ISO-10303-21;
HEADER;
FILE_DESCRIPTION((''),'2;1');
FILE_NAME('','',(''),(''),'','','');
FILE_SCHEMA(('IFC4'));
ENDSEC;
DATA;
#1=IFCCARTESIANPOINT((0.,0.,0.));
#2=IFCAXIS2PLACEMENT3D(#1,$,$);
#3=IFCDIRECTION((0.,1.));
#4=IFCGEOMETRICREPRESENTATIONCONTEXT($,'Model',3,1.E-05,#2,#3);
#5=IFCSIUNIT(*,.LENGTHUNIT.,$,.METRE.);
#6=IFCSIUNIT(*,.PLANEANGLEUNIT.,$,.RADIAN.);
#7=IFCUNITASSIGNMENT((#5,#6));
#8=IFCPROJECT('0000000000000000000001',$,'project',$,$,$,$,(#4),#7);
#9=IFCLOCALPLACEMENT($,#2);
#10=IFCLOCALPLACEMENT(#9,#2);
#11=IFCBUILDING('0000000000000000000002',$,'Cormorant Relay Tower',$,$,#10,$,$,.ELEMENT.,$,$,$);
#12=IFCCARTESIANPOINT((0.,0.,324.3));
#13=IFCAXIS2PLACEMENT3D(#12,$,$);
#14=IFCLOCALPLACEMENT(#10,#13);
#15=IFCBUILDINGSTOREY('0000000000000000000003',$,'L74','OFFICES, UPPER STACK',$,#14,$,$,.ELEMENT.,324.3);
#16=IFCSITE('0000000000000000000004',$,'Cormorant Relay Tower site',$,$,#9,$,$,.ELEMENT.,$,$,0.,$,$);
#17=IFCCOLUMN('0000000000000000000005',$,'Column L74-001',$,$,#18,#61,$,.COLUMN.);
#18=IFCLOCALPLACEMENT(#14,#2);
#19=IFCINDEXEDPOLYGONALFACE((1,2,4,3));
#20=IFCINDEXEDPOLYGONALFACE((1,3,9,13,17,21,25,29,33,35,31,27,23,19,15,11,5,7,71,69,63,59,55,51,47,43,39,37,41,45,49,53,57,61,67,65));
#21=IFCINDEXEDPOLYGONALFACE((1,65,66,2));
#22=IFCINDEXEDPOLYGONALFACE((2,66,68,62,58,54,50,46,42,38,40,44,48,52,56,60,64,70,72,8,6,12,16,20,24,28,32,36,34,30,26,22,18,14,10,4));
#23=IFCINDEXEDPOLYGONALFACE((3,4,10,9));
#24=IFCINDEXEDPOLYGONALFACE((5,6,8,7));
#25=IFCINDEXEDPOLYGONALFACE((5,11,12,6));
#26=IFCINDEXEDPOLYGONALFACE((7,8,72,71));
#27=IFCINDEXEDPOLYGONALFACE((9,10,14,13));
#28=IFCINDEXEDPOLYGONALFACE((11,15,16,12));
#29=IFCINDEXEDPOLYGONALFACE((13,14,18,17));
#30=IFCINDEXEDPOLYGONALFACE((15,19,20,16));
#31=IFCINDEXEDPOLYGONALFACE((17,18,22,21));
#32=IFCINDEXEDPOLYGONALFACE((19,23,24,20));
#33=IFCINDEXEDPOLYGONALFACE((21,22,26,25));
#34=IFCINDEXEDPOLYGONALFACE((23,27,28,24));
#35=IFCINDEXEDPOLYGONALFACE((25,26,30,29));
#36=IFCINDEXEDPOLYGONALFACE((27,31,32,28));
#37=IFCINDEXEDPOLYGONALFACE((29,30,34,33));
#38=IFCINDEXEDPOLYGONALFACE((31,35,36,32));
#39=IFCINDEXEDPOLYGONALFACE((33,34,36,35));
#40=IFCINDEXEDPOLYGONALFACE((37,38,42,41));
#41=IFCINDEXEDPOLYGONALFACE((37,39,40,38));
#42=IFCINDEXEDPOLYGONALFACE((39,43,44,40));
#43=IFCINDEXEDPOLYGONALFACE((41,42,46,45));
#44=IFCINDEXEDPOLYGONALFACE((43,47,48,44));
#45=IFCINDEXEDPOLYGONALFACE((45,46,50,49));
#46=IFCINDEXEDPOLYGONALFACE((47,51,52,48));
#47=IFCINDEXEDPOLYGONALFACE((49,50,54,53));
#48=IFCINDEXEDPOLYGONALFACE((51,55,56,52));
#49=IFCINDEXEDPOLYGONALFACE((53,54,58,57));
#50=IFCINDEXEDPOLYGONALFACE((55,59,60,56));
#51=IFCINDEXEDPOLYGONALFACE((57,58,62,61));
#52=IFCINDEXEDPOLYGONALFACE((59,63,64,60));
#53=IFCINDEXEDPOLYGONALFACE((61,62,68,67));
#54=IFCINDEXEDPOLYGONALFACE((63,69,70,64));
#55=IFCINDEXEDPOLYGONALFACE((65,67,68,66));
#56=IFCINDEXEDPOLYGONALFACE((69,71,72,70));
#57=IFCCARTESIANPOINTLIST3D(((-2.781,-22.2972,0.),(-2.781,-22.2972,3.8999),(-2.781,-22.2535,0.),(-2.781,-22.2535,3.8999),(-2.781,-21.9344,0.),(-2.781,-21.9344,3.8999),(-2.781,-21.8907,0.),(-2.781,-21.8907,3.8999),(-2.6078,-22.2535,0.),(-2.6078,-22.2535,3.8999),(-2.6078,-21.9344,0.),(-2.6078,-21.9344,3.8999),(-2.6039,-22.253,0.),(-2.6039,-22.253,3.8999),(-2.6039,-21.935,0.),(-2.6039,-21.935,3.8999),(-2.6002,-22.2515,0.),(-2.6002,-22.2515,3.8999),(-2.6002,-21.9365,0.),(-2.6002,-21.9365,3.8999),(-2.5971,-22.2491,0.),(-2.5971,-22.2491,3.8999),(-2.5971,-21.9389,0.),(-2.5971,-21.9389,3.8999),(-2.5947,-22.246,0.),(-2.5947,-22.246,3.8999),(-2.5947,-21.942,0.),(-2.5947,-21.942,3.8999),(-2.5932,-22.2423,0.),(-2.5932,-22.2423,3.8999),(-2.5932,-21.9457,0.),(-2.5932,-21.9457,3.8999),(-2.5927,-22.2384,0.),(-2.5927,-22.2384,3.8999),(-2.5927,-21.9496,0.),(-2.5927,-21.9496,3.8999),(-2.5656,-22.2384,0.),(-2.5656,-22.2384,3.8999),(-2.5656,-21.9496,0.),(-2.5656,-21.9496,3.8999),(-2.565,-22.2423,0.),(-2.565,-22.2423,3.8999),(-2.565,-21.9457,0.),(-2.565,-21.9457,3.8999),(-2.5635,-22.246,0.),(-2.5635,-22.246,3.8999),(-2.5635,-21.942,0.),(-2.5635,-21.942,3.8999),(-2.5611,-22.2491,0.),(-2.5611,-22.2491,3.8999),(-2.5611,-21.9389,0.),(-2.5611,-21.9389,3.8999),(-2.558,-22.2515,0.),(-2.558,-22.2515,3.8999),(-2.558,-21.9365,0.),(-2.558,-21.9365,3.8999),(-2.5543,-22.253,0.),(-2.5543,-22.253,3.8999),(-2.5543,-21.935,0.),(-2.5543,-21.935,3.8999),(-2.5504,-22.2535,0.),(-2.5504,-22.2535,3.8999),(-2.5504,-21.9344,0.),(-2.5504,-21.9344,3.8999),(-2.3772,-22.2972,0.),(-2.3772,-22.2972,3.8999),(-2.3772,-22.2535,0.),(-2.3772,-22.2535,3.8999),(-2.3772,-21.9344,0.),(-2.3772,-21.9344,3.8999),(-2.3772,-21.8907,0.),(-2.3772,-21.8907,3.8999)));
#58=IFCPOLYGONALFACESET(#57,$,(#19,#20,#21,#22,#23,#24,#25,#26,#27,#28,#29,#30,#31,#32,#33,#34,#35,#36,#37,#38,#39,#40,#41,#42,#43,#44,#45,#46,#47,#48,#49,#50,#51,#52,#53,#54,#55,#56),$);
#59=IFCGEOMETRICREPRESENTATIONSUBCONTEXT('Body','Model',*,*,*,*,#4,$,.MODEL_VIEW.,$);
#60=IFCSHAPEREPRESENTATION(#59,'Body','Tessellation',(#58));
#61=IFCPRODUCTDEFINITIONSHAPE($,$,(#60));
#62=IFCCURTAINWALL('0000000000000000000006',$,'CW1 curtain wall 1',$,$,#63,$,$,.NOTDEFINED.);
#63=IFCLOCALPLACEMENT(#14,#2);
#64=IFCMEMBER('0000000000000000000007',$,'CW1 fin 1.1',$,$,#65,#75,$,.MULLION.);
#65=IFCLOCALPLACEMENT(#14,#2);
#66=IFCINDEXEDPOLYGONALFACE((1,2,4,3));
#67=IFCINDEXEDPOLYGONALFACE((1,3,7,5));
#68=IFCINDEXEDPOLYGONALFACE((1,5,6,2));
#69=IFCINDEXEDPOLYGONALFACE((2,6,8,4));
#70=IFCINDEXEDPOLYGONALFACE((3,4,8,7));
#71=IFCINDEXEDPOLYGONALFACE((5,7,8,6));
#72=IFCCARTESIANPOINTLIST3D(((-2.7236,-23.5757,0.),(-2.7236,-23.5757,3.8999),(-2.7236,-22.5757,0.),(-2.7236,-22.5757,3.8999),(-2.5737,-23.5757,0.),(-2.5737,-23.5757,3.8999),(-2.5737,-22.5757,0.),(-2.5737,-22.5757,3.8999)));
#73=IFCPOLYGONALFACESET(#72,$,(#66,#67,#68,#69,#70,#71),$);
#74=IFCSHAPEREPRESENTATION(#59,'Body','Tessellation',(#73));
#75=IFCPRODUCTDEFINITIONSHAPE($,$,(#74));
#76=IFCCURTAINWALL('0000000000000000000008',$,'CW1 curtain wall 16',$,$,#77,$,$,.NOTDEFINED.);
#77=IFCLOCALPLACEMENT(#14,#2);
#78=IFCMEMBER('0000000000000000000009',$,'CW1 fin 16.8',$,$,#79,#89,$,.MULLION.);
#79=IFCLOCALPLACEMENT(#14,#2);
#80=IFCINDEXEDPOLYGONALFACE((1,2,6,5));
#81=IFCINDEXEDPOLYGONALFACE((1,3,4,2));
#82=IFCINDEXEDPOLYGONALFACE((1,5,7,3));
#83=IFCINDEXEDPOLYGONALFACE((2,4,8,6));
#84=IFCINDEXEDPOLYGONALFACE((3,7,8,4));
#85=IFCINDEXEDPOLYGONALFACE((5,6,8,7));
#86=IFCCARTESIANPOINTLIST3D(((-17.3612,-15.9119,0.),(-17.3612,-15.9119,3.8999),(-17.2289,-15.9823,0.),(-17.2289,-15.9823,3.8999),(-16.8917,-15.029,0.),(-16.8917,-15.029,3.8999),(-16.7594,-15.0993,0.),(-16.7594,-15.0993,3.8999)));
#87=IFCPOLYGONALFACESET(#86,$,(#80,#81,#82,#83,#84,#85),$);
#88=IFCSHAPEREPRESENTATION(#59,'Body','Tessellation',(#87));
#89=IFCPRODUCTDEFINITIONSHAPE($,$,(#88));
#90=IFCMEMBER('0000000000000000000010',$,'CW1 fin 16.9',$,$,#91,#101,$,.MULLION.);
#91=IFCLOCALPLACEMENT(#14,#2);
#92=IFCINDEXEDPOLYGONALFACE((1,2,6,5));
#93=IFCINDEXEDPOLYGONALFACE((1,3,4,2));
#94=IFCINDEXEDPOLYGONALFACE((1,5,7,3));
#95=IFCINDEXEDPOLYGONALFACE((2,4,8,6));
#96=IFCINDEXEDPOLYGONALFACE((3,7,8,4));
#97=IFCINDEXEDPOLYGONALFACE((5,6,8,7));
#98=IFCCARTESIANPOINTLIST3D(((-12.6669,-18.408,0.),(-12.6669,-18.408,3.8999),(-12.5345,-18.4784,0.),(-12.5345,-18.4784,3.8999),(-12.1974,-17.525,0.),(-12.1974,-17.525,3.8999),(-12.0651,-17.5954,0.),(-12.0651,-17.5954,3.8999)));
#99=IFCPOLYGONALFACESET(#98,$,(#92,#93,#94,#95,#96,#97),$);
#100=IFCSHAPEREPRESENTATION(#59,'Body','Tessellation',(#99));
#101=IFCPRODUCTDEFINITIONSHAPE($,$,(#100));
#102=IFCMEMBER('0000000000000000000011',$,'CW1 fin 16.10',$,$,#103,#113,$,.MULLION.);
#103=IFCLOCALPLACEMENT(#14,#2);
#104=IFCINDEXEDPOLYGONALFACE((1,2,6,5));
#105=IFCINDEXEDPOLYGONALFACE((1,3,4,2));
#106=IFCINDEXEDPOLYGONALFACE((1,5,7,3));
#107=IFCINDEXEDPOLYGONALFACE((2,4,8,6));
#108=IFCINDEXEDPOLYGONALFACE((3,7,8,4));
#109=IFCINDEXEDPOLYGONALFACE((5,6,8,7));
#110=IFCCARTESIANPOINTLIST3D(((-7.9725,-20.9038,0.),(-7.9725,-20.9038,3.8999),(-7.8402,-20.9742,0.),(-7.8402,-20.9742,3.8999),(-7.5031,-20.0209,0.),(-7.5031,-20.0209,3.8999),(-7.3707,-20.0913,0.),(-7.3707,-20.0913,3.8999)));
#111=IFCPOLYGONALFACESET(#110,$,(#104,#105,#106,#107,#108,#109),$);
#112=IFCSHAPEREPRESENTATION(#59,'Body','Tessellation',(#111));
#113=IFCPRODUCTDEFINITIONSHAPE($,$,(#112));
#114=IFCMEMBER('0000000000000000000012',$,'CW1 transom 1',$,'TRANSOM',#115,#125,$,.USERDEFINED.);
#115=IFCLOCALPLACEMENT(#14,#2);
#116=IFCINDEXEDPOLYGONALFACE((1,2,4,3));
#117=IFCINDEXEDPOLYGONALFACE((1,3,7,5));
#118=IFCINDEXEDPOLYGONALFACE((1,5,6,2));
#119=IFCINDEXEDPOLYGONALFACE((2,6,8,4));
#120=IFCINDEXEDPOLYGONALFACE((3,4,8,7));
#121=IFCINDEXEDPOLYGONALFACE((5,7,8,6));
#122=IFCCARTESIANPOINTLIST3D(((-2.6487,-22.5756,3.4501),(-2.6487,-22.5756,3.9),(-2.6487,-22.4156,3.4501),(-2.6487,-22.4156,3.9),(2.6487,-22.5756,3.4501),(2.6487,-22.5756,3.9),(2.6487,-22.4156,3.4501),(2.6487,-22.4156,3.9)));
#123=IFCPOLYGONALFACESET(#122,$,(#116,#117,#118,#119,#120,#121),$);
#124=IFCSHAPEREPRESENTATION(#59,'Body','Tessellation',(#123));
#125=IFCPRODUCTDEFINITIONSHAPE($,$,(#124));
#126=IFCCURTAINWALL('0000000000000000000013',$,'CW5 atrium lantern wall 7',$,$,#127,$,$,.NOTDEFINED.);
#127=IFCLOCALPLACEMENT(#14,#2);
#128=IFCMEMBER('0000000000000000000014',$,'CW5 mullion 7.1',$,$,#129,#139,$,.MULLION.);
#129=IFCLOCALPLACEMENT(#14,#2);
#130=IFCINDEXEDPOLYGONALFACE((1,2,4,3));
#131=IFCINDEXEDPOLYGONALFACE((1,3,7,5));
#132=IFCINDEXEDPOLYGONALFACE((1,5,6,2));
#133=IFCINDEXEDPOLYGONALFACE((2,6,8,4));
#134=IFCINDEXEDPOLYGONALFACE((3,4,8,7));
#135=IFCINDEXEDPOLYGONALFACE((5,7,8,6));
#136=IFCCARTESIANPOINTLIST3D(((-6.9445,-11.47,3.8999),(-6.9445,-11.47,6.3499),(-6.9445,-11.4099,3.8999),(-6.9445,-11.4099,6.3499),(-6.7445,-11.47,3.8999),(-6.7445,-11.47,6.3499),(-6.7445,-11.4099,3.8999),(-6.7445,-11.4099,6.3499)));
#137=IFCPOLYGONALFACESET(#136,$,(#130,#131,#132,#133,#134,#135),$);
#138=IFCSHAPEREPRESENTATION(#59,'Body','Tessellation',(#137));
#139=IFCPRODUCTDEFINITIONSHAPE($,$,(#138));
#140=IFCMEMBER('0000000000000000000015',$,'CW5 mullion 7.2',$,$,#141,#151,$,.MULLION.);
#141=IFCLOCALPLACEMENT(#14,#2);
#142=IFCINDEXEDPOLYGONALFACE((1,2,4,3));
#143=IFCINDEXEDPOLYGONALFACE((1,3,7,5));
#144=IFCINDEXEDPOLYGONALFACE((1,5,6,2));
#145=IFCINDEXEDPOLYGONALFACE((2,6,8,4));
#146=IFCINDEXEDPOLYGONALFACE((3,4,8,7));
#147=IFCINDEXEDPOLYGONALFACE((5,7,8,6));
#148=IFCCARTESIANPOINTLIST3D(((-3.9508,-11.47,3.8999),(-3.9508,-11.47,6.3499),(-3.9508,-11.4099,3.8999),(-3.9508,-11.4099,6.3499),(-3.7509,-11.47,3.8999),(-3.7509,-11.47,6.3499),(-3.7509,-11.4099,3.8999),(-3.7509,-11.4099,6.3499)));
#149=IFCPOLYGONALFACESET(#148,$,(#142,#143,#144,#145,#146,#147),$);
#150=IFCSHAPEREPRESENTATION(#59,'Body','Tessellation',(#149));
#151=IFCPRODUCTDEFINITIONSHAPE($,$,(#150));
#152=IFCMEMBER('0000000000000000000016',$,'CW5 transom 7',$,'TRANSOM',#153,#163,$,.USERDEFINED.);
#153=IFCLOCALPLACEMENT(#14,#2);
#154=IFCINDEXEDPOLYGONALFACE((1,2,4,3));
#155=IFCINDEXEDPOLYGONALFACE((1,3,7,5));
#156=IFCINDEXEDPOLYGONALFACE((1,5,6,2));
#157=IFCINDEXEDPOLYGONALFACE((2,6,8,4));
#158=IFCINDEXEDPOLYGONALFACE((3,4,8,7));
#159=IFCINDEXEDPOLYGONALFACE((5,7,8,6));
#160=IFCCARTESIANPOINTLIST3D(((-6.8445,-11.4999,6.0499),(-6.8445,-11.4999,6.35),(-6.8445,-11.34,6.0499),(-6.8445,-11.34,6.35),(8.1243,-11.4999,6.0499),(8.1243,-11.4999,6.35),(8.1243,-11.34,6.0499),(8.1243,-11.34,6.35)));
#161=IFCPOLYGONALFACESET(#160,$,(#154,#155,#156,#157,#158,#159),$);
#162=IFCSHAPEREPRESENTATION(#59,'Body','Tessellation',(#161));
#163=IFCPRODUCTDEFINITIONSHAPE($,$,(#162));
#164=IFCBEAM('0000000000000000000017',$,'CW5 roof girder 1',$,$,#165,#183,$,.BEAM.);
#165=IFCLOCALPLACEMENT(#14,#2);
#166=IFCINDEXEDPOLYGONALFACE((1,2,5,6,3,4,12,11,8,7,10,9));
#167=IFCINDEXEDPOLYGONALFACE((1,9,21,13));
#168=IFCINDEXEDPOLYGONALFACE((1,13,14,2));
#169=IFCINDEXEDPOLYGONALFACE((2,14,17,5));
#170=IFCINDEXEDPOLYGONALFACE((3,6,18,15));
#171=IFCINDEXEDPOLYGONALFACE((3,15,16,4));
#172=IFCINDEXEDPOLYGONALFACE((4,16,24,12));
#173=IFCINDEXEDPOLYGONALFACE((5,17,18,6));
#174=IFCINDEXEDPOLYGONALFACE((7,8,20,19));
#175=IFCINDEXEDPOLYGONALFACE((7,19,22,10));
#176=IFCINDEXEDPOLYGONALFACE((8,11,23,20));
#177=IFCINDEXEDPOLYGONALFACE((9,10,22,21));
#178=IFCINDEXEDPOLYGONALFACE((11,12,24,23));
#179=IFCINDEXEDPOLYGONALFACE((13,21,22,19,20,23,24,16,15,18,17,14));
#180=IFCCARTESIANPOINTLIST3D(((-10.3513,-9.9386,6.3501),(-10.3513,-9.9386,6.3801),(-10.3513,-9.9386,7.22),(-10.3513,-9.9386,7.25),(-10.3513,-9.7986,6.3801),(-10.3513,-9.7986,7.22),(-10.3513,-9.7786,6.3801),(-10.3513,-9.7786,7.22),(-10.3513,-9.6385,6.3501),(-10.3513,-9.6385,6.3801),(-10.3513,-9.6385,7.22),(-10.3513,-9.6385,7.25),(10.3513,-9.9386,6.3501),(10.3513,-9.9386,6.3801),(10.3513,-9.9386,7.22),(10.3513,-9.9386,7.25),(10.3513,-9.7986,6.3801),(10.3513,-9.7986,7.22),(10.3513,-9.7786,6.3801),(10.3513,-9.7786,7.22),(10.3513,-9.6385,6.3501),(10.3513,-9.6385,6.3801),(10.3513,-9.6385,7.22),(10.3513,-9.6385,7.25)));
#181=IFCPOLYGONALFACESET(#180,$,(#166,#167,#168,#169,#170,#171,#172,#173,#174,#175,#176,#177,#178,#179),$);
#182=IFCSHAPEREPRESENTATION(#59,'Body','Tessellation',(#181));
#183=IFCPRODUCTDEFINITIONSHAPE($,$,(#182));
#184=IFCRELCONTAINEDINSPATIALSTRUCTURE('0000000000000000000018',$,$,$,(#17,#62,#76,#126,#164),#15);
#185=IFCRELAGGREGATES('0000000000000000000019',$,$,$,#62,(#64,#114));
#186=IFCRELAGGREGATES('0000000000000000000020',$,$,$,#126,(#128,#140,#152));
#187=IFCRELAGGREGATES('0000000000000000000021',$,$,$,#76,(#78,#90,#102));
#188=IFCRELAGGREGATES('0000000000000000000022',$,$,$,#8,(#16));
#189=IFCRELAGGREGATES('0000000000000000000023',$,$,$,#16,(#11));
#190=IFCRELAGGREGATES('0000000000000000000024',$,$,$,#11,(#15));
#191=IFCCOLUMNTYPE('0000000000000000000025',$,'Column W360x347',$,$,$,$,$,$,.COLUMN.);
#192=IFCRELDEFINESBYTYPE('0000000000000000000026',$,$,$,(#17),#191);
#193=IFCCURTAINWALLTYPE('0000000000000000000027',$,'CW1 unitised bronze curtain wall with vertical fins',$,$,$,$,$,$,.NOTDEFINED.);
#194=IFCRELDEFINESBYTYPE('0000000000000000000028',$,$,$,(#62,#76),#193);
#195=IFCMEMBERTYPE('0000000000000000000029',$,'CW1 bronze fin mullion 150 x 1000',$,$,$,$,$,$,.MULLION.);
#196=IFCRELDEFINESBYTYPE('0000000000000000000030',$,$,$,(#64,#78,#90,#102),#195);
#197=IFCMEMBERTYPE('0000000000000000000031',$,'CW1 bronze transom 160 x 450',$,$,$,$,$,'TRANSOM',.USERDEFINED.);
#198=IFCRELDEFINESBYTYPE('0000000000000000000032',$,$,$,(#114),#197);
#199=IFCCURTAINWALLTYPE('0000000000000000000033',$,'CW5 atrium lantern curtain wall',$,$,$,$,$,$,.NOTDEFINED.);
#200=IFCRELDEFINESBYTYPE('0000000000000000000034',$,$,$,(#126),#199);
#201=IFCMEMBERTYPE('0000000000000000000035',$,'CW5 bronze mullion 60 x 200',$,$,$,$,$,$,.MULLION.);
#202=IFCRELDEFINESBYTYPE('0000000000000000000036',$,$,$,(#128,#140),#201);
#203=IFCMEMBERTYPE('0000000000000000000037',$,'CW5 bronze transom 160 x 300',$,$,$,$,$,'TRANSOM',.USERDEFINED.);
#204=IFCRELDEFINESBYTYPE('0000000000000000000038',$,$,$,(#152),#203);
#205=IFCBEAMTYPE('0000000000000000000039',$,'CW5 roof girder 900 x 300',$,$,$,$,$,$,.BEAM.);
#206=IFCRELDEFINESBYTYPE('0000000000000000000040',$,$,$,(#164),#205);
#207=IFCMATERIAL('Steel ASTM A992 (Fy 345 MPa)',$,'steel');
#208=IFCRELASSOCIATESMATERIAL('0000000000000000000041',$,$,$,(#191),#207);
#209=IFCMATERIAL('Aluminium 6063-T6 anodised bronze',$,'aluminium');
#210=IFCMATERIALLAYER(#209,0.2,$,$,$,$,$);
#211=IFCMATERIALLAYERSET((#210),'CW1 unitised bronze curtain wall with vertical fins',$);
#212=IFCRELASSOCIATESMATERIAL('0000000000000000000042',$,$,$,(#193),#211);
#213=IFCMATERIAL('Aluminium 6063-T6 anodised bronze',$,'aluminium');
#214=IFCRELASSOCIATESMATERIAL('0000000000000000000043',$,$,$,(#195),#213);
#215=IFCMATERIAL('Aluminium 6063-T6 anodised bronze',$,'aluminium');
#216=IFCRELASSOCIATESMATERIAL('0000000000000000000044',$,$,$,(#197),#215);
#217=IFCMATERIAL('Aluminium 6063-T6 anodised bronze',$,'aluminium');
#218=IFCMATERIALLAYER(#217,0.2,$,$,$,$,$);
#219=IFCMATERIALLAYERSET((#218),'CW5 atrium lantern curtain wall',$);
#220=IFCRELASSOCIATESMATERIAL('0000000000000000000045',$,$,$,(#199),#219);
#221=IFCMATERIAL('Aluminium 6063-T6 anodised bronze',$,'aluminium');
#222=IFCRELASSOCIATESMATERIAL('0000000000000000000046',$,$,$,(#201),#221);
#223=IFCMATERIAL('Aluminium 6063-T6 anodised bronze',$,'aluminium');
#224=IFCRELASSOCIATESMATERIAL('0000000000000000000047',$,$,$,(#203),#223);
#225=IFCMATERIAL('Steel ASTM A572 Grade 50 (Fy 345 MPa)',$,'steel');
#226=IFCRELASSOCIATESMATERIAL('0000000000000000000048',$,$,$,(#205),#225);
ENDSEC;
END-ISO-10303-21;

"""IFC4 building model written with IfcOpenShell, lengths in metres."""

from ifc_helpers import new_model, si_unit, direction, frame, origin, origin_2d, place, context, subcontext, project, spatial, rectangle, i_section, extrude, material, layer, layer_set, material_profile, profile_set, type_object, element, aggregate, save


model = new_model("IFC4")

# Units and contexts
model_context = context("Model", 3, precision=1e-05, world=origin(), true_north=direction((0.0, 1.0)))
body_context = subcontext(model_context, "Body", "Model", "MODEL_VIEW")
ifc_project = project(units=[si_unit("LENGTHUNIT", "METRE"), si_unit("PLANEANGLEUNIT", "RADIAN")], contexts=[model_context])

# Site, building, storey
site_placement = place(None, origin())
site = spatial("IfcSite", under=ifc_project, at=site_placement, Name="Cormorant Relay Tower site", CompositionType="ELEMENT", RefElevation=0.0)
building_placement = place(site_placement, origin())
building = spatial("IfcBuilding", under=site, at=building_placement, Name="Cormorant Relay Tower", CompositionType="ELEMENT")
storey_placement = place(building_placement, frame((0.0, 0.0, 324.3)))
storey = spatial("IfcBuildingStorey", under=building, at=storey_placement, Name="L74", Description="OFFICES, UPPER STACK", CompositionType="ELEMENT", Elevation=324.3)

# Column
ifc_material_1 = material(Name="Steel ASTM A992 (Fy 345 MPa)", Category="steel")
ifc_material_profile_1 = material_profile(ifc_material_1, i_section(OverallWidth=0.4038, OverallDepth=0.4065, WebThickness=0.0271, FlangeThickness=0.0437, FilletRadius=0.0151, at=origin_2d()), Name="W360x347")
ifc_profile_set_1 = profile_set([ifc_material_profile_1], Name="Steel ASTM A992 (Fy 345 MPa)")
column_type_1 = type_object("IfcColumnType", Name="Column W360x347", PredefinedType="COLUMN", material=ifc_profile_set_1)
column_1_placement = place(storey_placement, frame((-2.5791, -22.094, 0.0), z_axis=(0.0, 0.0, 1.0), x_axis=(1.0, 0.0, 0.0)))
element("IfcColumn", 1, at=column_1_placement, inside=storey, type_object=column_type_1, Name="Column L74-001", PredefinedType="COLUMN", context=body_context, shape_type="SweptSolid", body=[
    extrude(i_section(OverallWidth=0.4038, OverallDepth=0.4065, WebThickness=0.0271, FlangeThickness=0.0437, FilletRadius=0.0151, at=origin_2d()), origin(), (0.0, 0.0, 1.0), 3.8999),
])

# Curtain wall, member
ifc_material_2 = material(Name="Aluminium 6063-T6 anodised bronze", Category="aluminium")
ifc_layer_1 = layer(ifc_material_2, 0.2)
ifc_layer_set_1 = layer_set([ifc_layer_1], Name="CW1 unitised bronze curtain wall with vertical fins")
curtain_wall_type_1 = type_object("IfcCurtainWallType", Name="CW1 unitised bronze curtain wall with vertical fins", PredefinedType="NOTDEFINED", material=ifc_layer_set_1)
curtain_wall_1_placement = place(storey_placement, origin())
curtain_wall_1 = element("IfcCurtainWall", 2, at=curtain_wall_1_placement, inside=storey, type_object=curtain_wall_type_1, Name="CW1 curtain wall 1", PredefinedType="NOTDEFINED")
ifc_material_3 = material(Name="Aluminium 6063-T6 anodised bronze", Category="aluminium")
ifc_material_profile_2 = material_profile(ifc_material_3, rectangle(XDim=0.1499, YDim=1.0, at=origin_2d()), Name="AL 150x1000")
ifc_profile_set_2 = profile_set([ifc_material_profile_2], Name="Aluminium 6063-T6 anodised bronze")
member_type_1 = type_object("IfcMemberType", Name="CW1 bronze fin mullion 150 x 1000", PredefinedType="MULLION", material=ifc_profile_set_2)
member_1_placement = place(storey_placement, frame((-2.6487, -23.0757, 0.0), z_axis=(0.0, 0.0, 1.0), x_axis=(1.0, 0.0, 0.0)))
member_1 = element("IfcMember", 3, at=member_1_placement, type_object=member_type_1, Name="CW1 fin 1.1", PredefinedType="MULLION", context=body_context, shape_type="SweptSolid", body=[
    extrude(rectangle(XDim=0.1499, YDim=1.0, at=origin_2d()), origin(), (0.0, 0.0, 1.0), 3.8999),
])

# Curtain wall, members
curtain_wall_2_placement = place(storey_placement, origin())
curtain_wall_2 = element("IfcCurtainWall", 4, at=curtain_wall_2_placement, inside=storey, type_object=curtain_wall_type_1, Name="CW1 curtain wall 16", PredefinedType="NOTDEFINED")
member_2_placement = place(storey_placement, frame((-17.0603, -15.5056, 0.0), z_axis=(0.0, 0.0, 1.0), x_axis=(0.882948, -0.469472, 0.0)))
member_2 = element("IfcMember", 5, at=member_2_placement, type_object=member_type_1, Name="CW1 fin 16.8", PredefinedType="MULLION", context=body_context, shape_type="SweptSolid", body=[
    extrude(rectangle(XDim=0.1499, YDim=1.0, at=origin_2d()), origin(), (0.0, 0.0, 1.0), 3.8999),
])
member_3_placement = place(storey_placement, frame((-12.366, -18.0017, 0.0), z_axis=(0.0, 0.0, 1.0), x_axis=(0.882948, -0.469472, 0.0)))
member_3 = element("IfcMember", 6, at=member_3_placement, type_object=member_type_1, Name="CW1 fin 16.9", PredefinedType="MULLION", context=body_context, shape_type="SweptSolid", body=[
    extrude(rectangle(XDim=0.1499, YDim=1.0, at=origin_2d()), origin(), (0.0, 0.0, 1.0), 3.8999),
])
member_4_placement = place(storey_placement, frame((-7.6716, -20.4976, 0.0), z_axis=(0.0, 0.0, 1.0), x_axis=(0.882948, -0.469472, 0.0)))
member_4 = element("IfcMember", 7, at=member_4_placement, type_object=member_type_1, Name="CW1 fin 16.10", PredefinedType="MULLION", context=body_context, shape_type="SweptSolid", body=[
    extrude(rectangle(XDim=0.1499, YDim=1.0, at=origin_2d()), origin(), (0.0, 0.0, 1.0), 3.8999),
])

# Member
ifc_material_4 = material(Name="Aluminium 6063-T6 anodised bronze", Category="aluminium")
ifc_material_profile_3 = material_profile(ifc_material_4, rectangle(XDim=0.1599, YDim=0.45, at=origin_2d()), Name="AL 160x450")
ifc_profile_set_3 = profile_set([ifc_material_profile_3], Name="Aluminium 6063-T6 anodised bronze")
member_type_2 = type_object("IfcMemberType", Name="CW1 bronze transom 160 x 450", ElementType="TRANSOM", PredefinedType="USERDEFINED", material=ifc_profile_set_3)
member_5_placement = place(storey_placement, frame((-2.6487, -22.4956, 3.675), z_axis=(1.0, 0.0, 0.0), x_axis=(0.0, 1.0, 0.0)))
member_5 = element("IfcMember", 8, at=member_5_placement, type_object=member_type_2, Name="CW1 transom 1", ObjectType="TRANSOM", PredefinedType="USERDEFINED", context=body_context, shape_type="SweptSolid", body=[
    extrude(rectangle(XDim=0.1599, YDim=0.45, at=origin_2d()), origin(), (0.0, 0.0, 1.0), 5.2974),
])
aggregate(curtain_wall_1, [member_1, member_5])

# Curtain wall, members
ifc_material_5 = material(Name="Aluminium 6063-T6 anodised bronze", Category="aluminium")
ifc_layer_2 = layer(ifc_material_5, 0.2)
ifc_layer_set_2 = layer_set([ifc_layer_2], Name="CW5 atrium lantern curtain wall")
curtain_wall_type_2 = type_object("IfcCurtainWallType", Name="CW5 atrium lantern curtain wall", PredefinedType="NOTDEFINED", material=ifc_layer_set_2)
curtain_wall_3_placement = place(storey_placement, origin())
curtain_wall_3 = element("IfcCurtainWall", 9, at=curtain_wall_3_placement, inside=storey, type_object=curtain_wall_type_2, Name="CW5 atrium lantern wall 7", PredefinedType="NOTDEFINED")
ifc_material_6 = material(Name="Aluminium 6063-T6 anodised bronze", Category="aluminium")
ifc_material_profile_4 = material_profile(ifc_material_6, rectangle(XDim=0.2, YDim=0.0601, at=origin_2d()), Name="AL 60x200")
ifc_profile_set_4 = profile_set([ifc_material_profile_4], Name="Aluminium 6063-T6 anodised bronze")
member_type_3 = type_object("IfcMemberType", Name="CW5 bronze mullion 60 x 200", PredefinedType="MULLION", material=ifc_profile_set_4)
member_6_placement = place(storey_placement, frame((-6.8445, -11.4399, 3.8999), z_axis=(0.0, 0.0, 1.0), x_axis=(1.0, 0.0, 0.0)))
member_6 = element("IfcMember", 10, at=member_6_placement, type_object=member_type_3, Name="CW5 mullion 7.1", PredefinedType="MULLION", context=body_context, shape_type="SweptSolid", body=[
    extrude(rectangle(XDim=0.2, YDim=0.0601, at=origin_2d()), origin(), (0.0, 0.0, 1.0), 2.45),
])
member_7_placement = place(storey_placement, frame((-3.8508, -11.4399, 3.8999), z_axis=(0.0, 0.0, 1.0), x_axis=(1.0, 0.0, 0.0)))
member_7 = element("IfcMember", 11, at=member_7_placement, type_object=member_type_3, Name="CW5 mullion 7.2", PredefinedType="MULLION", context=body_context, shape_type="SweptSolid", body=[
    extrude(rectangle(XDim=0.2, YDim=0.0601, at=origin_2d()), origin(), (0.0, 0.0, 1.0), 2.45),
])
ifc_material_7 = material(Name="Aluminium 6063-T6 anodised bronze", Category="aluminium")
ifc_material_profile_5 = material_profile(ifc_material_7, rectangle(XDim=0.1599, YDim=0.3, at=origin_2d()), Name="AL 160x300")
ifc_profile_set_5 = profile_set([ifc_material_profile_5], Name="Aluminium 6063-T6 anodised bronze")
member_type_4 = type_object("IfcMemberType", Name="CW5 bronze transom 160 x 300", ElementType="TRANSOM", PredefinedType="USERDEFINED", material=ifc_profile_set_5)
member_8_placement = place(storey_placement, frame((-6.8445, -11.4199, 6.2), z_axis=(1.0, 0.0, 0.0), x_axis=(0.0, 1.0, 0.0)))
member_8 = element("IfcMember", 12, at=member_8_placement, type_object=member_type_4, Name="CW5 transom 7", ObjectType="TRANSOM", PredefinedType="USERDEFINED", context=body_context, shape_type="SweptSolid", body=[
    extrude(rectangle(XDim=0.1599, YDim=0.3, at=origin_2d()), origin(), (0.0, 0.0, 1.0), 14.9688),
])

# Beam
ifc_material_8 = material(Name="Steel ASTM A572 Grade 50 (Fy 345 MPa)", Category="steel")
ifc_material_profile_6 = material_profile(ifc_material_8, i_section(OverallWidth=0.3, OverallDepth=0.8999, WebThickness=0.02, FlangeThickness=0.03, at=origin_2d()), Name="PG900x300")
ifc_profile_set_6 = profile_set([ifc_material_profile_6], Name="Steel ASTM A572 Grade 50 (Fy 345 MPa)")
beam_type_1 = type_object("IfcBeamType", Name="CW5 roof girder 900 x 300", PredefinedType="BEAM", material=ifc_profile_set_6)
beam_1_placement = place(storey_placement, frame((-10.3513, -9.7886, 6.8), z_axis=(1.0, 0.0, 0.0), x_axis=(0.0, 1.0, 0.0)))
element("IfcBeam", 13, at=beam_1_placement, inside=storey, type_object=beam_type_1, Name="CW5 roof girder 1", PredefinedType="BEAM", context=body_context, shape_type="SweptSolid", body=[
    extrude(i_section(OverallWidth=0.3, OverallDepth=0.8999, WebThickness=0.02, FlangeThickness=0.03, at=origin_2d()), origin(), (0.0, 0.0, 1.0), 20.7026),
])

aggregate(curtain_wall_3, [member_6, member_7, member_8])

aggregate(curtain_wall_2, [member_2, member_3, member_4])

save(model, "model.ifc")
